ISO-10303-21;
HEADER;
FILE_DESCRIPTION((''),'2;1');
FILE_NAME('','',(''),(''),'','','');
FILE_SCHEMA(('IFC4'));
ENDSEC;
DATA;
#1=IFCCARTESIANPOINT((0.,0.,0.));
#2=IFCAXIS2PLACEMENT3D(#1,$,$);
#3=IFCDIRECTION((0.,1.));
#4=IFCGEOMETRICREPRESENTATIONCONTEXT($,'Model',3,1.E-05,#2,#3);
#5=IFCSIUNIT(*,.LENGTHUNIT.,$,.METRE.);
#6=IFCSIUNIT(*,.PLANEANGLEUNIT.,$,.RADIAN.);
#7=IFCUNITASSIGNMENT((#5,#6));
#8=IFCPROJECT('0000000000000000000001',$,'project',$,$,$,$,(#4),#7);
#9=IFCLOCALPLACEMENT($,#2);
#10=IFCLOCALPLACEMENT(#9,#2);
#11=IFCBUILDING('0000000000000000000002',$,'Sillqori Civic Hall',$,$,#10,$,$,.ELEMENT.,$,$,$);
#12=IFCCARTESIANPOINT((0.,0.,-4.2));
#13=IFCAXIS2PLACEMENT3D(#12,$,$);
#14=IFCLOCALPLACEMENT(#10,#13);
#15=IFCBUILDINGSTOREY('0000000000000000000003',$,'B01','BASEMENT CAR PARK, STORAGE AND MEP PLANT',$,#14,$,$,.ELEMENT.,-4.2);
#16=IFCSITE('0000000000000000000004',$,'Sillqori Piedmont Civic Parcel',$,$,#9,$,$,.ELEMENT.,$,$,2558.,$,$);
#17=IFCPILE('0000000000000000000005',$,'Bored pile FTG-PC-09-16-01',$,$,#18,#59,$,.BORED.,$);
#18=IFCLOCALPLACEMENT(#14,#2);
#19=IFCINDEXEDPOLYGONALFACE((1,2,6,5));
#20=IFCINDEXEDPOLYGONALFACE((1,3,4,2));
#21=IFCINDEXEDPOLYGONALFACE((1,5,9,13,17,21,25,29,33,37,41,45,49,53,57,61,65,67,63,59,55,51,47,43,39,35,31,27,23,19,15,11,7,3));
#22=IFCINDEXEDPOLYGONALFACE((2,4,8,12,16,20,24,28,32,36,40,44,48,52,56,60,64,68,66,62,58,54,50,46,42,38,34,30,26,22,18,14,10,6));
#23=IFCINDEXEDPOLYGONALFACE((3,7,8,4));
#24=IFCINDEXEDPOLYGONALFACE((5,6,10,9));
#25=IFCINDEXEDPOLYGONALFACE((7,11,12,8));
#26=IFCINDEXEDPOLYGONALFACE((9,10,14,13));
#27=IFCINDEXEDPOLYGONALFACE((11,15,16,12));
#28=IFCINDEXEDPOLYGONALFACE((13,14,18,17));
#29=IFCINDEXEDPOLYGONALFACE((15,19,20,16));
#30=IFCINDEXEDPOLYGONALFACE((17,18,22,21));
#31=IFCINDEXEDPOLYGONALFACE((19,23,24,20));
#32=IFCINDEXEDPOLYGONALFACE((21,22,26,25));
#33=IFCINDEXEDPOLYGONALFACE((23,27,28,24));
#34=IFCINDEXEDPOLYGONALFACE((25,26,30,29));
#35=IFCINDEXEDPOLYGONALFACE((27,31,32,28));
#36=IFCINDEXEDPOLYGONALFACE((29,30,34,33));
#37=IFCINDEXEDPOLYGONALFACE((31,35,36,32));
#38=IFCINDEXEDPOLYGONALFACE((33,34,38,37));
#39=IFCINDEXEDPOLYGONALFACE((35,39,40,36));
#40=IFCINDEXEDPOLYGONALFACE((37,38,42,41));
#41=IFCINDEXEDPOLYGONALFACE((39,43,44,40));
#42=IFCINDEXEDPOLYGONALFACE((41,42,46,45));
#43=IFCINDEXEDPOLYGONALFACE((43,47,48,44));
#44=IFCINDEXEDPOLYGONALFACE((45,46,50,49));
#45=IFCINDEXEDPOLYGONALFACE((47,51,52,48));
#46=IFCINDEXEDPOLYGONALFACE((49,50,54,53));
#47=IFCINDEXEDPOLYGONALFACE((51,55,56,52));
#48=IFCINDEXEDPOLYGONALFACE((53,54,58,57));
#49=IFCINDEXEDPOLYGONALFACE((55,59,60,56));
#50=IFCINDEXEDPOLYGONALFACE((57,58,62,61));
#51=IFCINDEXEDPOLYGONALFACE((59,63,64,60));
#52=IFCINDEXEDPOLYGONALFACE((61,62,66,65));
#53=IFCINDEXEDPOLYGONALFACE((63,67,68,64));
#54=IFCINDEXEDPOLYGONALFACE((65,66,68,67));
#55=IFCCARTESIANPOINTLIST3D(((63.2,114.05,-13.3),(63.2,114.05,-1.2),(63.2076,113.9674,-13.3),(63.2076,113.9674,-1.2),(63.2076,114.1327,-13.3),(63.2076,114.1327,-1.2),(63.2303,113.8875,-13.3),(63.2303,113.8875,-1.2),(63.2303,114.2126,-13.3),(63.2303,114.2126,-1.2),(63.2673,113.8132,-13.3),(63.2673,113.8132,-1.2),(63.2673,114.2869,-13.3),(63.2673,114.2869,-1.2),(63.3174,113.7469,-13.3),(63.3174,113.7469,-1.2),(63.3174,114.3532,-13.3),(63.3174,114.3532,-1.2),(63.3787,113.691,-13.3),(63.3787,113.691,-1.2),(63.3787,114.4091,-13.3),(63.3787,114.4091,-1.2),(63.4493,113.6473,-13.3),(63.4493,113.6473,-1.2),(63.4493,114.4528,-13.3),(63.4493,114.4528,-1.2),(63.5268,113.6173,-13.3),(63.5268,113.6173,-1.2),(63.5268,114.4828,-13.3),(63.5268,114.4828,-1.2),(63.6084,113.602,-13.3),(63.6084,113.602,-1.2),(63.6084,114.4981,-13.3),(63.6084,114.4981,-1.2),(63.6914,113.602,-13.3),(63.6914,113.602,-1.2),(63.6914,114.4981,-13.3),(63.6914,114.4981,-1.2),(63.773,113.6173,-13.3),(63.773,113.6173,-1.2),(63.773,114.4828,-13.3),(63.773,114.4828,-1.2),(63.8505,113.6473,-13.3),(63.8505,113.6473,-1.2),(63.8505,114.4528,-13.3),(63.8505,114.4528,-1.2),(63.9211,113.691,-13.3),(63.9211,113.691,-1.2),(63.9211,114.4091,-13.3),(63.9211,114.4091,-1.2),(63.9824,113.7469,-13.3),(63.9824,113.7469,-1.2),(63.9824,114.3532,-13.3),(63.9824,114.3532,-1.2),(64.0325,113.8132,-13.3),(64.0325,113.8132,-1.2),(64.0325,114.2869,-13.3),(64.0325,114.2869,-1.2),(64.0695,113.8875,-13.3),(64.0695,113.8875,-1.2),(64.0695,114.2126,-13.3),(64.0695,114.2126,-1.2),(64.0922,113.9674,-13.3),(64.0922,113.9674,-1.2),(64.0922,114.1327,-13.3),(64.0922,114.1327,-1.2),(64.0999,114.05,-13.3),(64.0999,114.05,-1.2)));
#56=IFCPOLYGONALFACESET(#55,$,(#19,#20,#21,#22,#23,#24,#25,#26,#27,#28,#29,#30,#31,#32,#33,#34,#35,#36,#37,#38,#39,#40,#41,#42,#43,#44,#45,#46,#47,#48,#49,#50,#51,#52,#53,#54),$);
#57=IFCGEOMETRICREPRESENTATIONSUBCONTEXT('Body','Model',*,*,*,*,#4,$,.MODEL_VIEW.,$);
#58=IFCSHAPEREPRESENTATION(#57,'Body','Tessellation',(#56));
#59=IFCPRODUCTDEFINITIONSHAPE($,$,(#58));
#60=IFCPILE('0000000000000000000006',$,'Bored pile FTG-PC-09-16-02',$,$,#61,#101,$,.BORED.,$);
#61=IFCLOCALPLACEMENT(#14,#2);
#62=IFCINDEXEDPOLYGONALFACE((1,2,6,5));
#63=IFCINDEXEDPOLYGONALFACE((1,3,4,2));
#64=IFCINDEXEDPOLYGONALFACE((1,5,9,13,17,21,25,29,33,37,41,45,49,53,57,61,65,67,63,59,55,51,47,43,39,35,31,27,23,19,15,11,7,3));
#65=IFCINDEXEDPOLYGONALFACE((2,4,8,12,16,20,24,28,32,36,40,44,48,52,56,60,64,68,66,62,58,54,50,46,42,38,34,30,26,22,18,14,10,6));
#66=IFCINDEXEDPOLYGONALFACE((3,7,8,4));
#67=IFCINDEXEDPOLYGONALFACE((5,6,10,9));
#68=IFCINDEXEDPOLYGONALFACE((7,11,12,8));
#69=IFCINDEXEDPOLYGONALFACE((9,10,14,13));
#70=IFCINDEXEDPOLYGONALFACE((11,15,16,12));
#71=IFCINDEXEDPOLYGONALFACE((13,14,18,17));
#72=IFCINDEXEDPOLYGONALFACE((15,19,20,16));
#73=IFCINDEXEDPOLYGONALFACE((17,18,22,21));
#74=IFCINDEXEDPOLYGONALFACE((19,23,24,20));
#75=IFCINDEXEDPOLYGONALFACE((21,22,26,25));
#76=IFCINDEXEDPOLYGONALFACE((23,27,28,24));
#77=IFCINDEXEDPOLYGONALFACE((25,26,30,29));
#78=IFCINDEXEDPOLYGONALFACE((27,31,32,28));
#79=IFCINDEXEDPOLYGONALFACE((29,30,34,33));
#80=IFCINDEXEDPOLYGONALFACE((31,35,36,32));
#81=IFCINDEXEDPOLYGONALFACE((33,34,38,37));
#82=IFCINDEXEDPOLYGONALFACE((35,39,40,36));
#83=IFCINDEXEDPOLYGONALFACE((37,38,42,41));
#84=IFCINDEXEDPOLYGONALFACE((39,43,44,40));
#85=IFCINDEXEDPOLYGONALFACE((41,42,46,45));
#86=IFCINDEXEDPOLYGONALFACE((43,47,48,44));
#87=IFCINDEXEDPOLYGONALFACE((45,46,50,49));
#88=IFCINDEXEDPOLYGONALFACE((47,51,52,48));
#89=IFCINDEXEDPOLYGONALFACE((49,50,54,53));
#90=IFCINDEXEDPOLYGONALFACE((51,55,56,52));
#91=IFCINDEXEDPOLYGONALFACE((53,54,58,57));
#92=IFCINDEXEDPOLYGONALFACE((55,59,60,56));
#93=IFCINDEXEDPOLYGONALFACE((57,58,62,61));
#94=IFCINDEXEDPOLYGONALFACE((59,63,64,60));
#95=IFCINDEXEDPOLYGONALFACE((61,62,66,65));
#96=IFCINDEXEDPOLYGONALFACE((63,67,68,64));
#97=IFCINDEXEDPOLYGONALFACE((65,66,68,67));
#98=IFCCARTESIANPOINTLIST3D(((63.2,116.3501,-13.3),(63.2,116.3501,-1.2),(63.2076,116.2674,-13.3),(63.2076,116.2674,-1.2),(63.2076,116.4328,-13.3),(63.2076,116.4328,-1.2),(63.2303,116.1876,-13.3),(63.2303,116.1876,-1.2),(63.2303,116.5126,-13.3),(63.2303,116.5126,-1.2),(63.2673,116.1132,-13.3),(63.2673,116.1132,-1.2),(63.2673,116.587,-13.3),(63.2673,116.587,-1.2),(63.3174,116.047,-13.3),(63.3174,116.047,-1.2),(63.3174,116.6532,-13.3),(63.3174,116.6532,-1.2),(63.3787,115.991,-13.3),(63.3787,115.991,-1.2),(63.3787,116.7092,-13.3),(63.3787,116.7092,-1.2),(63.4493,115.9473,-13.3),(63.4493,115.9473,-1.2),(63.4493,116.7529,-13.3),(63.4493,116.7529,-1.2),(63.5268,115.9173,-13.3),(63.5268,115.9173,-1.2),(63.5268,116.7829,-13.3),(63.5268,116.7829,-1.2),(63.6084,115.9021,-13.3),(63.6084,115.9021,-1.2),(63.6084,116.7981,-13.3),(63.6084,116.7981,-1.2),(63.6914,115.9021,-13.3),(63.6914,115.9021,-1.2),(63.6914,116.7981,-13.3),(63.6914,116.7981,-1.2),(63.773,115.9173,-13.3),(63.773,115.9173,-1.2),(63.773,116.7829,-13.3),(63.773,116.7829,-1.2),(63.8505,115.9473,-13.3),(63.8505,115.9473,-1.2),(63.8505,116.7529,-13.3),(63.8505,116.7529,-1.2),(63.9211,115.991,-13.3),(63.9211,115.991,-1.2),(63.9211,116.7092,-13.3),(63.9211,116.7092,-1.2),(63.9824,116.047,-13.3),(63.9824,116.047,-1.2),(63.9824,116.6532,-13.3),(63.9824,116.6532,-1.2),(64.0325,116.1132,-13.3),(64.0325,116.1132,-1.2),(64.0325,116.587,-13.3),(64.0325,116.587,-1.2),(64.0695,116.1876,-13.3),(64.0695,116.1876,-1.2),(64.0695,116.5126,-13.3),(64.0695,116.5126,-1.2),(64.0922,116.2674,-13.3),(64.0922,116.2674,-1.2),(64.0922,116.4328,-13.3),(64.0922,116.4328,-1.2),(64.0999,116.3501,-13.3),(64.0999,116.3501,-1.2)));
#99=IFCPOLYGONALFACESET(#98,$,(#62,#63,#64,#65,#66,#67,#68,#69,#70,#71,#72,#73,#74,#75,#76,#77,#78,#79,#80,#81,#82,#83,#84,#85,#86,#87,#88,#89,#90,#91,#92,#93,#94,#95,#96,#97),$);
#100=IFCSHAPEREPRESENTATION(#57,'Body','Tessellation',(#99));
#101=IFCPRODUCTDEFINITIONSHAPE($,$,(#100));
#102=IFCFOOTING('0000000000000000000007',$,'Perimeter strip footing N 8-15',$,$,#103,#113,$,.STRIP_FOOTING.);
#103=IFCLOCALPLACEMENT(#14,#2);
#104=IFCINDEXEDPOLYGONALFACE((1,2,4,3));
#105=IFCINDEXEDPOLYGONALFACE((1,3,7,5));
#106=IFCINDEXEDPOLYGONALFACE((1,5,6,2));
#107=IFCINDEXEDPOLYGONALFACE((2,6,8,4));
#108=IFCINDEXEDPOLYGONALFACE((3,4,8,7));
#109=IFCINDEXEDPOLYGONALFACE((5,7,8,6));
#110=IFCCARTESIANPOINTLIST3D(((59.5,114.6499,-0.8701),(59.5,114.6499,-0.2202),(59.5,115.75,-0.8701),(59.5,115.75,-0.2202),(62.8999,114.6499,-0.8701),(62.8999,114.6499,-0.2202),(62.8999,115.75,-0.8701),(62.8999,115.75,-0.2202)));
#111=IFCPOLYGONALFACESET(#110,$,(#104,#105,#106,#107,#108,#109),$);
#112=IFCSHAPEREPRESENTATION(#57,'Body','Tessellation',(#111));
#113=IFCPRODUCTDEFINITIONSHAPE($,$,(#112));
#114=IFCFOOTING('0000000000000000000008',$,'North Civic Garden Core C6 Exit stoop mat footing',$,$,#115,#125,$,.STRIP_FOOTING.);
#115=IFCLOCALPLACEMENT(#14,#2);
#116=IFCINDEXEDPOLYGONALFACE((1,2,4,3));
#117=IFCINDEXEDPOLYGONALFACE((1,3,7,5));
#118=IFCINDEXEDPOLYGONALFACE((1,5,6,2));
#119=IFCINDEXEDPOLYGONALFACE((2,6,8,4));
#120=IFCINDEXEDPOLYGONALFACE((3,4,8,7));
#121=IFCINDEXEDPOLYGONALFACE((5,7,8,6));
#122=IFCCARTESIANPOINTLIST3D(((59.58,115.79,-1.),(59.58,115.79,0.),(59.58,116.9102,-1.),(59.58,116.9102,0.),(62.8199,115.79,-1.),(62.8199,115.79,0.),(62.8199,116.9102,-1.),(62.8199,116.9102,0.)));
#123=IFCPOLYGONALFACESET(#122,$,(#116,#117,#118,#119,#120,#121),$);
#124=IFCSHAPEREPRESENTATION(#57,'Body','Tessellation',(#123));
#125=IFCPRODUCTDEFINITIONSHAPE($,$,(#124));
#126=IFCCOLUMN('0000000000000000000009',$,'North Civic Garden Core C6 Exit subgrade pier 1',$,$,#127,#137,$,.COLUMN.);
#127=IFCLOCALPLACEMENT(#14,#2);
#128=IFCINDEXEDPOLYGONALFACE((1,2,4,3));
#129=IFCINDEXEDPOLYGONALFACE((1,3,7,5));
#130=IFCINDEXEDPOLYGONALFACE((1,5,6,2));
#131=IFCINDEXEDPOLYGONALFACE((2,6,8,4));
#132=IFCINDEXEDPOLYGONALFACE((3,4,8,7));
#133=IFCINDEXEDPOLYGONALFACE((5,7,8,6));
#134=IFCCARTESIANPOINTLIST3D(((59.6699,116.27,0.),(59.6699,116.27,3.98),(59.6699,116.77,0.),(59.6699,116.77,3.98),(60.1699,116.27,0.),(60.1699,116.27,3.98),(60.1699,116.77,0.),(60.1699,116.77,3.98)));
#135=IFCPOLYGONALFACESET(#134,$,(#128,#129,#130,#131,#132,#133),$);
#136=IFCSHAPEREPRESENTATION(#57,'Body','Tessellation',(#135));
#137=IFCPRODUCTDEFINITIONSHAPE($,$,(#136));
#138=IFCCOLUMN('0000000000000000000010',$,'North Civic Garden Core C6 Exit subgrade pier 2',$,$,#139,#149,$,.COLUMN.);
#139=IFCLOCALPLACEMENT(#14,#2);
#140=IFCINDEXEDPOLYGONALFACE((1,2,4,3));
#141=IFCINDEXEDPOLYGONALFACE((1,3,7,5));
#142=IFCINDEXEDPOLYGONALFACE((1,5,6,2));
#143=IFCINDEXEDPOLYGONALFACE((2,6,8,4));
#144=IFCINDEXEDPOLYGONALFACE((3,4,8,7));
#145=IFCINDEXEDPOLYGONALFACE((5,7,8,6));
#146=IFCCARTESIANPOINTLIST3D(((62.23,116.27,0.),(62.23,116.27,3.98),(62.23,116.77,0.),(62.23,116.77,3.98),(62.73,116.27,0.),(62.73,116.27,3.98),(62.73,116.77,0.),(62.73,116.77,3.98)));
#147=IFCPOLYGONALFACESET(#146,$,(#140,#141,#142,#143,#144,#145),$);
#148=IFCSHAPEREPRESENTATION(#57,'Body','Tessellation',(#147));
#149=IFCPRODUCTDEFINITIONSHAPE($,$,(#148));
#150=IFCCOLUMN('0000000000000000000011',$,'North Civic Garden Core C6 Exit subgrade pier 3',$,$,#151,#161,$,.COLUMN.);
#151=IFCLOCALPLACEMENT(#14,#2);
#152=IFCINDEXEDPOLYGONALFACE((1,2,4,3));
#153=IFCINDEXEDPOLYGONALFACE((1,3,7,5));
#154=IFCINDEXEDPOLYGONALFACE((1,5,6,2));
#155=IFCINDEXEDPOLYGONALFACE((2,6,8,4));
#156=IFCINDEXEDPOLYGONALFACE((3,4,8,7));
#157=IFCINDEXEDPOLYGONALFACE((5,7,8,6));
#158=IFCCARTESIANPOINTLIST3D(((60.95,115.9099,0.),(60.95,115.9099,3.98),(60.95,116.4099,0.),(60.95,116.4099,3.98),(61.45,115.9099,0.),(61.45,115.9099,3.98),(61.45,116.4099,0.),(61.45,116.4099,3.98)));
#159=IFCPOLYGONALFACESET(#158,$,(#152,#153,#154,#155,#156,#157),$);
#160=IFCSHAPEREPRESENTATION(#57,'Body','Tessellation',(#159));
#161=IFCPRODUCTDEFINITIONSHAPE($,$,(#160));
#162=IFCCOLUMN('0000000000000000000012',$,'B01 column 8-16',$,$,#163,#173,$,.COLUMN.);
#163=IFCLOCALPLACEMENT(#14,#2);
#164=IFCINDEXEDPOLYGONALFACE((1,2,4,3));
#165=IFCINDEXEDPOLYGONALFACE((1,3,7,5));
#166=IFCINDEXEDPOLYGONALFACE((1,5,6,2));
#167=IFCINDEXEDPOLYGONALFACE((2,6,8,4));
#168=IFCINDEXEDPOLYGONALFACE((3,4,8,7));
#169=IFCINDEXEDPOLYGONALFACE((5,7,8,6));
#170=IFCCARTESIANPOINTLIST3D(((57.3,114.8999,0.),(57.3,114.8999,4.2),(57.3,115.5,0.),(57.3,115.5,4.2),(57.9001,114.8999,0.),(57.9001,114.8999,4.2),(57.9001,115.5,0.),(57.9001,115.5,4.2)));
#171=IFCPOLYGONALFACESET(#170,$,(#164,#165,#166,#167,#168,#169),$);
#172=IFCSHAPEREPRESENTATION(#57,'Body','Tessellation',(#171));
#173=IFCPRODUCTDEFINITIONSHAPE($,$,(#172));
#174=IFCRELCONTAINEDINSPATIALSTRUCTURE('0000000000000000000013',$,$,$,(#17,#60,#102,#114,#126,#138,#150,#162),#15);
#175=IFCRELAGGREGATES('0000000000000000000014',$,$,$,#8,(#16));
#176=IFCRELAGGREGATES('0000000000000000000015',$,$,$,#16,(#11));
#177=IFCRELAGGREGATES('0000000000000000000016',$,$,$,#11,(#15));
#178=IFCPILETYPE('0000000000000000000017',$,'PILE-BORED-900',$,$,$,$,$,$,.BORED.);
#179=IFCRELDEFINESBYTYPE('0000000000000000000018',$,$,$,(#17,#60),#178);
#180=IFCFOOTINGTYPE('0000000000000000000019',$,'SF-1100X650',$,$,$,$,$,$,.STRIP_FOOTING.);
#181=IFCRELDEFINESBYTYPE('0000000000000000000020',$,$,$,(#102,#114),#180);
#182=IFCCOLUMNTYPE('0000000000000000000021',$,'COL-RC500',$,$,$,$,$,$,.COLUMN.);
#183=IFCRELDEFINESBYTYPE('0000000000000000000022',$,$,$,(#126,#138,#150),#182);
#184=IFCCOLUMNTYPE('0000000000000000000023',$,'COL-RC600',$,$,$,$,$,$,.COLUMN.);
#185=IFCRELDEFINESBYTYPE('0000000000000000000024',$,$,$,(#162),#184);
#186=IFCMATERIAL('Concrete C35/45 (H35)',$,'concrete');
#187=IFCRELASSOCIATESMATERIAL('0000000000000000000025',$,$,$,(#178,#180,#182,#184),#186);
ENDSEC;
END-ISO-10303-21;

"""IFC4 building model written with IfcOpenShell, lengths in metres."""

from ifc_helpers import new_model, si_unit, direction, frame, origin, origin_2d, place, context, subcontext, project, spatial, rectangle, circle, extrude, material, material_profile, profile_set, type_object, element, save


model = new_model("IFC4")

# Units and contexts
model_context = context("Model", 3, precision=1e-05, world=origin(), true_north=direction((0.0, 1.0)))
body_context = subcontext(model_context, "Body", "Model", "MODEL_VIEW")
ifc_project = project(units=[si_unit("LENGTHUNIT", "METRE"), si_unit("PLANEANGLEUNIT", "RADIAN")], contexts=[model_context])

# Site, building, storey
site_placement = place(None, origin())
site = spatial("IfcSite", under=ifc_project, at=site_placement, Name="Sillqori Piedmont Civic Parcel", CompositionType="ELEMENT", RefElevation=2558.0)
building_placement = place(site_placement, origin())
building = spatial("IfcBuilding", under=site, at=building_placement, Name="Sillqori Civic Hall", CompositionType="ELEMENT")
storey_placement = place(building_placement, frame((0.0, 0.0, -4.2)))
storey = spatial("IfcBuildingStorey", under=building, at=storey_placement, Name="B01", Description="BASEMENT CAR PARK, STORAGE AND MEP PLANT", CompositionType="ELEMENT", Elevation=-4.2)

# Shared definitions
ifc_material_1 = material(Name="Concrete C35/45 (H35)", Category="concrete")

# Piles
ifc_material_profile_1 = material_profile(ifc_material_1, circle(Radius=0.45, at=origin_2d()), Name="BORED PILE 900")
ifc_profile_set_1 = profile_set([ifc_material_profile_1], Name="Concrete C35/45 (H35)")
pile_type = type_object("IfcPileType", Name="PILE-BORED-900", PredefinedType="BORED", material=ifc_profile_set_1)
for number, where, z_axis, x_axis, name in (
    (1, (63.6499, 114.05, -1.2), (0.0, 0.0, -1.0), (1.0, 0.0, 0.0), "Bored pile FTG-PC-09-16-01"),
    (2, (63.6499, 116.3501, -1.2), (0.0, 0.0, -1.0), (1.0, 0.0, 0.0), "Bored pile FTG-PC-09-16-02"),
):
    element("IfcPile", number, at=place(storey_placement, frame(where, z_axis=z_axis, x_axis=x_axis)), inside=storey, type_object=pile_type, Name=name, PredefinedType="BORED", context=body_context, shape_type="SweptSolid", body=[
        extrude(circle(Radius=0.45, at=origin_2d()), origin(), (0.0, 0.0, 1.0), 12.1001),
    ])

# Footings
footing_type_1 = type_object("IfcFootingType", Name="SF-1100X650", PredefinedType="STRIP_FOOTING", material=ifc_material_1)
footing_1_placement = place(storey_placement, frame((61.2, 115.2, -0.8701), z_axis=(0.0, 0.0, 1.0), x_axis=(1.0, 0.0, 0.0)))
element("IfcFooting", 3, at=footing_1_placement, inside=storey, type_object=footing_type_1, Name="Perimeter strip footing N 8-15", PredefinedType="STRIP_FOOTING", context=body_context, shape_type="SweptSolid", body=[
    extrude(rectangle(XDim=3.3999, YDim=1.1001, at=origin_2d()), origin(), (0.0, 0.0, 1.0), 0.6499),
])
footing_2_placement = place(storey_placement, frame((61.2, 116.3501, -1.0), z_axis=(0.0, 0.0, 1.0), x_axis=(1.0, 0.0, 0.0)))
element("IfcFooting", 4, at=footing_2_placement, inside=storey, type_object=footing_type_1, Name="North Civic Garden Core C6 Exit stoop mat footing", PredefinedType="STRIP_FOOTING", context=body_context, shape_type="SweptSolid", body=[
    extrude(rectangle(XDim=3.24, YDim=1.1201, at=origin_2d()), origin(), (0.0, 0.0, 1.0), 1.0),
])

# Columns
ifc_material_profile_2 = material_profile(ifc_material_1, rectangle(XDim=0.5, YDim=0.5, at=origin_2d()), Name="RC 500x500")
ifc_profile_set_2 = profile_set([ifc_material_profile_2], Name="Concrete C35/45 (H35)")
column_type_1 = type_object("IfcColumnType", Name="COL-RC500", PredefinedType="COLUMN", material=ifc_profile_set_2)
for number, where, z_axis, x_axis, name in (
    (5, (59.9199, 116.52, 0.0), (0.0, 0.0, 1.0), (1.0, 0.0, 0.0), "North Civic Garden Core C6 Exit subgrade pier 1"),
    (6, (62.48, 116.52, 0.0), (0.0, 0.0, 1.0), (1.0, 0.0, 0.0), "North Civic Garden Core C6 Exit subgrade pier 2"),
    (7, (61.2, 116.1599, 0.0), (0.0, 0.0, 1.0), (1.0, 0.0, 0.0), "North Civic Garden Core C6 Exit subgrade pier 3"),
):
    element("IfcColumn", number, at=place(storey_placement, frame(where, z_axis=z_axis, x_axis=x_axis)), inside=storey, type_object=column_type_1, Name=name, PredefinedType="COLUMN", context=body_context, shape_type="SweptSolid", body=[
        extrude(rectangle(XDim=0.5, YDim=0.5, at=origin_2d()), origin(), (0.0, 0.0, 1.0), 3.98),
    ])
ifc_material_profile_3 = material_profile(ifc_material_1, rectangle(XDim=0.6001, YDim=0.6001, at=origin_2d()), Name="RC 600x600")
ifc_profile_set_3 = profile_set([ifc_material_profile_3], Name="Concrete C35/45 (H35)")
column_type_2 = type_object("IfcColumnType", Name="COL-RC600", PredefinedType="COLUMN", material=ifc_profile_set_3)
column_placement = place(storey_placement, frame((57.6001, 115.2, 0.0), z_axis=(0.0, 0.0, 1.0), x_axis=(1.0, 0.0, 0.0)))
element("IfcColumn", 8, at=column_placement, inside=storey, type_object=column_type_2, Name="B01 column 8-16", PredefinedType="COLUMN", context=body_context, shape_type="SweptSolid", body=[
    extrude(rectangle(XDim=0.6001, YDim=0.6001, at=origin_2d()), origin(), (0.0, 0.0, 1.0), 4.2),
])

save(model, "model.ifc")
